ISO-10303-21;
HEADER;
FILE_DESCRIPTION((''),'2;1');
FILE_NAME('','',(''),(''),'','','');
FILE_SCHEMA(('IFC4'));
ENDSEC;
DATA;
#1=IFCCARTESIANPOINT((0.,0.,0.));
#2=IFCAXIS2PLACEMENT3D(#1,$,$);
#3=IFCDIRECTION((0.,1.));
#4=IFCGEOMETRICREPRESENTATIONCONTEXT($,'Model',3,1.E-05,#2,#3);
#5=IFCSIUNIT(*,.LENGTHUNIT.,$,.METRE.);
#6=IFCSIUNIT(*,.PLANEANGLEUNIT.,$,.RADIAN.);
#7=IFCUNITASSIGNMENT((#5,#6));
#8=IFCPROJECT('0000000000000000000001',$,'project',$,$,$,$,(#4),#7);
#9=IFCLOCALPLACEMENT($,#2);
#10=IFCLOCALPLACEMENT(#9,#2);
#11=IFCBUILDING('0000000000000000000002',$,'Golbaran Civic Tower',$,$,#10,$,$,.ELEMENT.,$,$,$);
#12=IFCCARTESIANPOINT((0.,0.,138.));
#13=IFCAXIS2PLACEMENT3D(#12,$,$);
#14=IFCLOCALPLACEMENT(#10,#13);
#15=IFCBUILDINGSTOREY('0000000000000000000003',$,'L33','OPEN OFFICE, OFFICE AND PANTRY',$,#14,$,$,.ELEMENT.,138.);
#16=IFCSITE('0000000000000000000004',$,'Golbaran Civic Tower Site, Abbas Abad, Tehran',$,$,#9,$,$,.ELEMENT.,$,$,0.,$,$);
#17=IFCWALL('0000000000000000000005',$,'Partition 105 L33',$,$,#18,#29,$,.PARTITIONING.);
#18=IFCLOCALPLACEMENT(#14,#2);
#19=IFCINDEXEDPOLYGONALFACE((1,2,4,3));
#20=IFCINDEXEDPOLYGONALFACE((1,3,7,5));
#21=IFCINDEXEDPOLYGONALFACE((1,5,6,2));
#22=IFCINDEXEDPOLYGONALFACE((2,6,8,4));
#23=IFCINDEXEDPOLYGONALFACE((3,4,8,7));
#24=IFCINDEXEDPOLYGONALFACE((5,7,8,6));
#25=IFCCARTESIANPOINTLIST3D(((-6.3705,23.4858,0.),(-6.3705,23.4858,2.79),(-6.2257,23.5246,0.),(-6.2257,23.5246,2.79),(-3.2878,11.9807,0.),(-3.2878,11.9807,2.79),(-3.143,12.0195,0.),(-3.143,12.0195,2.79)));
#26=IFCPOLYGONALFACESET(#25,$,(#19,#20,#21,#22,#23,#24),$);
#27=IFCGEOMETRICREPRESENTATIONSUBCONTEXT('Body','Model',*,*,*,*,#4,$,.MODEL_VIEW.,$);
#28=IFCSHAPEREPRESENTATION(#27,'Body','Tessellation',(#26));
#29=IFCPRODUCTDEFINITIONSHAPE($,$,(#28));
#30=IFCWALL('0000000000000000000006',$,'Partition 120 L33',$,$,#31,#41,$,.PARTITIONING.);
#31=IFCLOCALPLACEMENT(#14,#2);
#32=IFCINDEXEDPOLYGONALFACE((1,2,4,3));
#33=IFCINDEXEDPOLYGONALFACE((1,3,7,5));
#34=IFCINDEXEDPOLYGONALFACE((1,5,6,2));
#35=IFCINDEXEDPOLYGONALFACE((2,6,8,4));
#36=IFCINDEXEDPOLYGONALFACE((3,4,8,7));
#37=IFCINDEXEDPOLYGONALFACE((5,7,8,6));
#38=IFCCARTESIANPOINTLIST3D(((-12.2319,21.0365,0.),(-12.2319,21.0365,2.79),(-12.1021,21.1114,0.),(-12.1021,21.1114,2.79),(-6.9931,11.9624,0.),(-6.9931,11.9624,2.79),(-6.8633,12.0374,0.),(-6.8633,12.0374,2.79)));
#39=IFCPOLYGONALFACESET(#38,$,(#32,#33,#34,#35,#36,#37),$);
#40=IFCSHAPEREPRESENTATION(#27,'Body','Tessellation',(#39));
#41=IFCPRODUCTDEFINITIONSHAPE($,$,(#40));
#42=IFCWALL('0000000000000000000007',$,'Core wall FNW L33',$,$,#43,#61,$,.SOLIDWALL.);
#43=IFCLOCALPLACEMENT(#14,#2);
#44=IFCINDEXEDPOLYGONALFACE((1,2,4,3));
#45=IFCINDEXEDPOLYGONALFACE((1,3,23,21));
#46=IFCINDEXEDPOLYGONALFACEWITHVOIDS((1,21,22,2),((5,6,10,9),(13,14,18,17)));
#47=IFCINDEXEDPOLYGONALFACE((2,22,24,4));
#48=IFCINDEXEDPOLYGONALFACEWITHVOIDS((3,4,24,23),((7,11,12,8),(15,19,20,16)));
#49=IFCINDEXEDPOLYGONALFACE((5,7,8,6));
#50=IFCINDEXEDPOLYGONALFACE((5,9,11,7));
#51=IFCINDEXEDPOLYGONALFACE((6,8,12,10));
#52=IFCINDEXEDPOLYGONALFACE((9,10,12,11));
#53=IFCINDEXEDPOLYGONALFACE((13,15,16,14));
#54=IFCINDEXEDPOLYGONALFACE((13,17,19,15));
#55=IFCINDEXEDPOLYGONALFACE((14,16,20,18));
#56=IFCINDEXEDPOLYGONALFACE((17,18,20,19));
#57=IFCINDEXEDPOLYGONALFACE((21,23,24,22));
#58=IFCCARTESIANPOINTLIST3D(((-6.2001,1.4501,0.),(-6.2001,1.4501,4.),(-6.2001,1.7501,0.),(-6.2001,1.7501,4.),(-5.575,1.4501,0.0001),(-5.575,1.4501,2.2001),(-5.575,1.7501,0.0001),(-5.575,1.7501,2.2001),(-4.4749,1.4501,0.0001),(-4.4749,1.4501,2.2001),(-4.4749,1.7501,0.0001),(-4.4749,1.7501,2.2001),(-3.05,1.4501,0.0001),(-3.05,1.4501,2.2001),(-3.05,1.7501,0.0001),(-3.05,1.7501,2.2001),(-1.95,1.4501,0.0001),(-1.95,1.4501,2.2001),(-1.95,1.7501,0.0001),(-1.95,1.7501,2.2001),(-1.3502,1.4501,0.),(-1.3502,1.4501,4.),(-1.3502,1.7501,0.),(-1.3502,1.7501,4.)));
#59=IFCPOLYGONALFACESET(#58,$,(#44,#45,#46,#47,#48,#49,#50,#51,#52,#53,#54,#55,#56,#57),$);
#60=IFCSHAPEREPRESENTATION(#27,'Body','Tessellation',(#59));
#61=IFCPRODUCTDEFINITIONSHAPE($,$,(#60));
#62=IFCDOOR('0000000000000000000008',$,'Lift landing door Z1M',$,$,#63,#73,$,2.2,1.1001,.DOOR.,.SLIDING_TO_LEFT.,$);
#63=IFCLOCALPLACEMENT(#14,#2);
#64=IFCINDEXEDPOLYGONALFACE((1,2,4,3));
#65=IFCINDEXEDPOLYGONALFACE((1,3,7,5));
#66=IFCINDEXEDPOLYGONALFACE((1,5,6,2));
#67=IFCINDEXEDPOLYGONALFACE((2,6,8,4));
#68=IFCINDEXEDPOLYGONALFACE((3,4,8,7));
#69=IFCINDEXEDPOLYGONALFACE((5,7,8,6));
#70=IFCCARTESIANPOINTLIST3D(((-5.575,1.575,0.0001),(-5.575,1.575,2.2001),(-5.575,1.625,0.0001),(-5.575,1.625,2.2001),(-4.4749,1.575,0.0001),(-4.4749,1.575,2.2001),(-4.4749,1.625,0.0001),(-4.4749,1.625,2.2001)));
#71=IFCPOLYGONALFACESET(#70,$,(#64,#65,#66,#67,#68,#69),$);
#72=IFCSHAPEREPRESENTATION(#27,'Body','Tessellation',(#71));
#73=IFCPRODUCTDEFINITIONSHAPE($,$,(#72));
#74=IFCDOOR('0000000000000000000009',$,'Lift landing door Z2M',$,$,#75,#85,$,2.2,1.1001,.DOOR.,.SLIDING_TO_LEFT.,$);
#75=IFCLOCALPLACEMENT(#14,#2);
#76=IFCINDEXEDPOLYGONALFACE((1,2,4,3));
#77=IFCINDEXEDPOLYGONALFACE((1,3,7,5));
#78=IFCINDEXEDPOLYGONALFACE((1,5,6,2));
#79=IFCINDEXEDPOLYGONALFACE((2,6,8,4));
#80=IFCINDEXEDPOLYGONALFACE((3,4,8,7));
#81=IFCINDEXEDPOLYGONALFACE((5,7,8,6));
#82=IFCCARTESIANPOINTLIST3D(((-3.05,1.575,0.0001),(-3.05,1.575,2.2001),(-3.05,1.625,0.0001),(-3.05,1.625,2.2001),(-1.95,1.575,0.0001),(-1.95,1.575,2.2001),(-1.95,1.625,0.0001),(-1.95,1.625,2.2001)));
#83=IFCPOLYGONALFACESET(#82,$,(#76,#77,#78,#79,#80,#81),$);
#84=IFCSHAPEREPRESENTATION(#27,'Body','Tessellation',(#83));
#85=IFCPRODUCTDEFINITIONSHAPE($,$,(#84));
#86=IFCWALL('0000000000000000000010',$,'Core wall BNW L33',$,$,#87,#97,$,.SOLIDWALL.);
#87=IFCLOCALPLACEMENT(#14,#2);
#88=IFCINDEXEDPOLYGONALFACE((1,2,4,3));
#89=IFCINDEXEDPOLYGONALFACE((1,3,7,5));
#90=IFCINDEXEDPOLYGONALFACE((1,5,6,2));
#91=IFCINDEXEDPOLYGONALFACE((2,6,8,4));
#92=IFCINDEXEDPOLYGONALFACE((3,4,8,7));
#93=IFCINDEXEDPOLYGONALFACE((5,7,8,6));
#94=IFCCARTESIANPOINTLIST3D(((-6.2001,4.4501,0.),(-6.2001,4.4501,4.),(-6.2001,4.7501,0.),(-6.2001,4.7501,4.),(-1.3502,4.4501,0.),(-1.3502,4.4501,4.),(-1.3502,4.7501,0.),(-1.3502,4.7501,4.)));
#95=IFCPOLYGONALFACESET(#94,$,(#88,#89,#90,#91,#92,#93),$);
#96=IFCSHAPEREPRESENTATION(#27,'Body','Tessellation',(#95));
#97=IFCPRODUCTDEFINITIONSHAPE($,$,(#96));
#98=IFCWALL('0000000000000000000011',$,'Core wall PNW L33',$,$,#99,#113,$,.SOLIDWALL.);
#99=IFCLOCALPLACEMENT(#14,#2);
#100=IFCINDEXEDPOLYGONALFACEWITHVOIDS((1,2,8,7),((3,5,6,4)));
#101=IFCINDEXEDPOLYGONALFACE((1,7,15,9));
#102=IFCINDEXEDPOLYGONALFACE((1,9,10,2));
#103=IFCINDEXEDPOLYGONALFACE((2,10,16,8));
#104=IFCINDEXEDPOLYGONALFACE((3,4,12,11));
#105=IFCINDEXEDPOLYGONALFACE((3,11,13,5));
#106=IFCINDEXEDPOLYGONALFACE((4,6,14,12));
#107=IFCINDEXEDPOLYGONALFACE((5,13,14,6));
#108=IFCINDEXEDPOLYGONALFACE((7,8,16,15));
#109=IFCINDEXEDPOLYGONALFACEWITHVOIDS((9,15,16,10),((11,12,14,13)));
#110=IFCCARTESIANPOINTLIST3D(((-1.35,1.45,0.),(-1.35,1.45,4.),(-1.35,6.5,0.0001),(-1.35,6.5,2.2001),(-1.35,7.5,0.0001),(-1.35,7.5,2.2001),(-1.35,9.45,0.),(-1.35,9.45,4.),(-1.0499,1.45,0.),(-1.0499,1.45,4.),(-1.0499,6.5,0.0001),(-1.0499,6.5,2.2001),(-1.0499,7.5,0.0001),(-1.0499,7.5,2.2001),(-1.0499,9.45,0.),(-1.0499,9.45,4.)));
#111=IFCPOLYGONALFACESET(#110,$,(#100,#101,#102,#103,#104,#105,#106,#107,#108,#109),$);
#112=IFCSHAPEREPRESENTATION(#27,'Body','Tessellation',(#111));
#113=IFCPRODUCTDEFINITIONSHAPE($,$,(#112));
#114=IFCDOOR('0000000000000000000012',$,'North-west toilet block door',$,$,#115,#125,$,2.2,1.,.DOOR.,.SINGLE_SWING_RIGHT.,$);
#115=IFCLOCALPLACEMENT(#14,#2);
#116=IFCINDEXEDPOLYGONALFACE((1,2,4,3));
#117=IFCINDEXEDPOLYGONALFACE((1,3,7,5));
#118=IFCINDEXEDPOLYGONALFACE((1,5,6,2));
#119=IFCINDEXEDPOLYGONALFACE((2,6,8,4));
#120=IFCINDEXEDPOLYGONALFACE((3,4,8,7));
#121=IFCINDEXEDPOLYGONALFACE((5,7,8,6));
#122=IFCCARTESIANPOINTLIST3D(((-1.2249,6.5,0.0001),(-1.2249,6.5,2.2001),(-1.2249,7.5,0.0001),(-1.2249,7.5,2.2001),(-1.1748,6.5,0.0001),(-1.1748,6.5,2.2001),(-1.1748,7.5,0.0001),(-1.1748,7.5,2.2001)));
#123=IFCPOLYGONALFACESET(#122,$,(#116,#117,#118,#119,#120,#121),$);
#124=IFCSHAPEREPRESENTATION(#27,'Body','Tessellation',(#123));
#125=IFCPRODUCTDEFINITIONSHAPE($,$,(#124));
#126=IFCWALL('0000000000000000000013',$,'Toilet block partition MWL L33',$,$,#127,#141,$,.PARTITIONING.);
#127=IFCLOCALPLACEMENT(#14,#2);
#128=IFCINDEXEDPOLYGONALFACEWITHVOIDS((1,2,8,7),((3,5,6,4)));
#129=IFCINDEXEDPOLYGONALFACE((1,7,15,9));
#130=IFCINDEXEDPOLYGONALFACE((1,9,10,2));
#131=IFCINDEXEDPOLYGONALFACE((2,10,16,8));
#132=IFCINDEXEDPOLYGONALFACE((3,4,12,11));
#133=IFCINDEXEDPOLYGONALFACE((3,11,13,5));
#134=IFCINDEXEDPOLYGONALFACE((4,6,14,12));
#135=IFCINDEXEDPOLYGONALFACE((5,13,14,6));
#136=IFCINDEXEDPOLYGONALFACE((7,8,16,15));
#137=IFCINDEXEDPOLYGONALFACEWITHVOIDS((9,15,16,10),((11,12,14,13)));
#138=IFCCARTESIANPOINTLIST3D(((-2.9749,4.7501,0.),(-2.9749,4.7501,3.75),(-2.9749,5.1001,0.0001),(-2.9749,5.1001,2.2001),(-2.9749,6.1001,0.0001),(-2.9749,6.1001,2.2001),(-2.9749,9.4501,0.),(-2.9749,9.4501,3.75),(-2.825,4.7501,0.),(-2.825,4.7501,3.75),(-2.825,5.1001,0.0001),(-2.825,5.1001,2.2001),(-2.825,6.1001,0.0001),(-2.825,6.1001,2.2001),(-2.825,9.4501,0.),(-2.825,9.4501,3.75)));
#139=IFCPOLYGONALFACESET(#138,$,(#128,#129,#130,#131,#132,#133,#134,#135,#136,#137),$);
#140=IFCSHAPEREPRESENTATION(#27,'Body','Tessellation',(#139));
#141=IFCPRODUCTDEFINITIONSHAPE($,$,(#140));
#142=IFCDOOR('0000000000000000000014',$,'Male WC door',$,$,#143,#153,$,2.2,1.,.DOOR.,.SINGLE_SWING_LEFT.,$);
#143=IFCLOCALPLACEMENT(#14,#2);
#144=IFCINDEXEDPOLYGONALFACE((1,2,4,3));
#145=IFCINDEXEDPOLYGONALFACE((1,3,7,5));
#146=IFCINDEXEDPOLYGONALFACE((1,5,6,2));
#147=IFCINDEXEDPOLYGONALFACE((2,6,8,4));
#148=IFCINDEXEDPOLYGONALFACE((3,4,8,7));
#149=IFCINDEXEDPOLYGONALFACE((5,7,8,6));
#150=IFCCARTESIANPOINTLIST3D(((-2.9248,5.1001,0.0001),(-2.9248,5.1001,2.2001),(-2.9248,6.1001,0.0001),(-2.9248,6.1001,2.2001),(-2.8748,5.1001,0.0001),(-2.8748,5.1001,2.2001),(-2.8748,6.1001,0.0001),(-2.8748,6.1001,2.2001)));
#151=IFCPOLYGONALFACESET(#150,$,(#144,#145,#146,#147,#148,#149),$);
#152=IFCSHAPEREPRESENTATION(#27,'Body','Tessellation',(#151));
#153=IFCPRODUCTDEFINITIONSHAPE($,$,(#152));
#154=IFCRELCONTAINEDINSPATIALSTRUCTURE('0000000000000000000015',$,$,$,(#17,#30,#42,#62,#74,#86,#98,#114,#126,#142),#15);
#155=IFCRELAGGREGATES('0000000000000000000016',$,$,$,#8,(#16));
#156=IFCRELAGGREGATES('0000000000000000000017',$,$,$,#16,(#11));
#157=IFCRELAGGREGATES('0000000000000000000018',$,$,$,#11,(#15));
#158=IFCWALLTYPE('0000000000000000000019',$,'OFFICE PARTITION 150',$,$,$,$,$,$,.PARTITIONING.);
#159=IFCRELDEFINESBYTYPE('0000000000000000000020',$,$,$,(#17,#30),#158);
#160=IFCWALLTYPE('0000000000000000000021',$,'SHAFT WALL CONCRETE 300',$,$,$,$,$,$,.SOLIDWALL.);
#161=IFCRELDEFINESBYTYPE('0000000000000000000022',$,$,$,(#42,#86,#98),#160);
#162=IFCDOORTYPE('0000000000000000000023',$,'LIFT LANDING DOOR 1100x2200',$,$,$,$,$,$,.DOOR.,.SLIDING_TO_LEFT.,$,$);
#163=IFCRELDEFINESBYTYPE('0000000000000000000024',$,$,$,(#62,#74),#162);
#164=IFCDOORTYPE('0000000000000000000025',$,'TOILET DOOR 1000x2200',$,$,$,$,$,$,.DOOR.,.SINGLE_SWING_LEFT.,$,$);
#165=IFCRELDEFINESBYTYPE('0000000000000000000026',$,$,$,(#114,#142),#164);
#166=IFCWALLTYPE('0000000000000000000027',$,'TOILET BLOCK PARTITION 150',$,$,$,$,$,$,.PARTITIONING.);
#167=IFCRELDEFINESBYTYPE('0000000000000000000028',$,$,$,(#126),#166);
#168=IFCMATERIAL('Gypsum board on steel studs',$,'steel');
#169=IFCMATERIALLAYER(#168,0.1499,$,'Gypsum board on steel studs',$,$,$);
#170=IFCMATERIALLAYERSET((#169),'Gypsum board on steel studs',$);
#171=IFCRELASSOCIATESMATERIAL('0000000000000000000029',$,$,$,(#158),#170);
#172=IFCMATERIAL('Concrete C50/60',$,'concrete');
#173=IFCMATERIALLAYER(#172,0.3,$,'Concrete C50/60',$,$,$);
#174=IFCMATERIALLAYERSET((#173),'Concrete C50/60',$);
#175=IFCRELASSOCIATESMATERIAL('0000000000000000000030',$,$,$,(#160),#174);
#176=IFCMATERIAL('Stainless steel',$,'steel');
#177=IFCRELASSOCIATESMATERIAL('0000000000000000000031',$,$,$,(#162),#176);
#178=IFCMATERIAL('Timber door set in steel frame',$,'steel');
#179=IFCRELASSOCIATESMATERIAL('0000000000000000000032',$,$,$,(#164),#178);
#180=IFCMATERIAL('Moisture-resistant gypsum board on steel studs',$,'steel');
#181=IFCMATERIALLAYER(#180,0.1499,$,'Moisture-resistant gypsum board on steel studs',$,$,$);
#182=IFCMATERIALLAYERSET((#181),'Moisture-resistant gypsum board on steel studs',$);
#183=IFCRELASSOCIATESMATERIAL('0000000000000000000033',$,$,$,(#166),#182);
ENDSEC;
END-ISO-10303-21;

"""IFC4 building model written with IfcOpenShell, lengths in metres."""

from ifc_helpers import new_model, si_unit, direction, frame, frame_2d, origin, place, context, subcontext, project, spatial, rectangle, extrude, material, layer, layer_set, type_object, element, fill, save


model = new_model("IFC4")

# Units and contexts
model_context = context("Model", 3, precision=1e-05, world=origin(), true_north=direction((0.0, 1.0)))
body_context = subcontext(model_context, "Body", "Model", "MODEL_VIEW")
ifc_project = project(units=[si_unit("LENGTHUNIT", "METRE"), si_unit("PLANEANGLEUNIT", "RADIAN")], contexts=[model_context])

# Site, building, storey
site_placement = place(None, origin())
site = spatial("IfcSite", under=ifc_project, at=site_placement, Name="Golbaran Civic Tower Site, Abbas Abad, Tehran", CompositionType="ELEMENT", RefElevation=0.0)
building_placement = place(site_placement, origin())
building = spatial("IfcBuilding", under=site, at=building_placement, Name="Golbaran Civic Tower", CompositionType="ELEMENT")
storey_placement = place(building_placement, frame((0.0, 0.0, 138.0)))
storey = spatial("IfcBuildingStorey", under=building, at=storey_placement, Name="L33", Description="OPEN OFFICE, OFFICE AND PANTRY", CompositionType="ELEMENT", Elevation=138.0)

# Shared definitions
ifc_material_1 = material(Name="Timber door set in steel frame", Category="steel")

# Walls
ifc_material_2 = material(Name="Gypsum board on steel studs", Category="steel")
ifc_layer_1 = layer(ifc_material_2, 0.1499, Name="Gypsum board on steel studs")
ifc_layer_set_1 = layer_set([ifc_layer_1], Name="Gypsum board on steel studs")
wall_type_1 = type_object("IfcWallType", Name="OFFICE PARTITION 150", PredefinedType="PARTITIONING", material=ifc_layer_set_1)
wall_1_placement = place(storey_placement, frame((-3.2153, 12.0, 0.0), z_axis=(0.0, 0.0, 1.0), x_axis=(-0.258817, 0.965926, 0.0)))
element("IfcWall", 1, at=wall_1_placement, inside=storey, type_object=wall_type_1, Name="Partition 105 L33", PredefinedType="PARTITIONING", context=body_context, shape_type="SweptSolid", body=[
    extrude(rectangle(XDim=11.9109, YDim=0.1499, at=frame_2d((5.9556, 0.0))), origin(), (0.0, 0.0, 1.0), 2.79),
])
wall_2_placement = place(storey_placement, frame((-6.9282, 12.0, 0.0), z_axis=(0.0, 0.0, 1.0), x_axis=(-0.499993, 0.866029, 0.0)))
element("IfcWall", 2, at=wall_2_placement, inside=storey, type_object=wall_type_1, Name="Partition 120 L33", PredefinedType="PARTITIONING", context=body_context, shape_type="SweptSolid", body=[
    extrude(rectangle(XDim=10.4778, YDim=0.1499, at=frame_2d((5.2388, 0.0))), origin(), (0.0, 0.0, 1.0), 2.79),
])

# Wall, openings, doors
ifc_material_3 = material(Name="Concrete C50/60", Category="concrete")
ifc_layer_2 = layer(ifc_material_3, 0.3, Name="Concrete C50/60")
ifc_layer_set_2 = layer_set([ifc_layer_2], Name="Concrete C50/60")
wall_type_2 = type_object("IfcWallType", Name="SHAFT WALL CONCRETE 300", PredefinedType="SOLIDWALL", material=ifc_layer_set_2)
wall_3_placement = place(storey_placement, frame((-6.2, 1.6001, 0.0), z_axis=(0.0, 0.0, 1.0), x_axis=(1.0, 0.0, 0.0)))
wall_3 = element("IfcWall", 3, at=wall_3_placement, inside=storey, type_object=wall_type_2, Name="Core wall FNW L33", PredefinedType="SOLIDWALL", context=body_context, shape_type="SweptSolid", body=[
    extrude(rectangle(XDim=4.8499, YDim=0.3, at=frame_2d((2.4248, 0.0))), origin(), (0.0, 0.0, 1.0), 4.0),
])
opening_1_placement = place(wall_3_placement, frame((0.625, 0.0, 0.0)))
opening_1 = element("IfcOpeningElement", 4, at=opening_1_placement, cuts=wall_3, PredefinedType="OPENING", context=body_context, shape_type="SweptSolid", body=[
    extrude(rectangle(XDim=1.1001, YDim=2.2, at=frame_2d((0.55, 1.1001))), frame((0.0, 0.1599, 0.0), z_axis=(0.0, -1.0, 0.0), x_axis=(1.0, 0.0, 0.0)), (0.0, 0.0, 1.0), 0.3201),
])
opening_2_placement = place(wall_3_placement, frame((3.1499, 0.0, 0.0)))
opening_2 = element("IfcOpeningElement", 5, at=opening_2_placement, cuts=wall_3, PredefinedType="OPENING", context=body_context, shape_type="SweptSolid", body=[
    extrude(rectangle(XDim=1.1001, YDim=2.2, at=frame_2d((0.55, 1.1001))), frame((0.0, 0.1599, 0.0), z_axis=(0.0, -1.0, 0.0), x_axis=(1.0, 0.0, 0.0)), (0.0, 0.0, 1.0), 0.3201),
])
ifc_material_4 = material(Name="Stainless steel", Category="steel")
door_type_1 = type_object("IfcDoorType", Name="LIFT LANDING DOOR 1100x2200", OperationType="SLIDING_TO_LEFT", PredefinedType="DOOR", material=ifc_material_4)
door_1_placement = place(opening_1_placement, origin())
door_1 = element("IfcDoor", 6, at=door_1_placement, inside=storey, type_object=door_type_1, Name="Lift landing door Z1M", OperationType="SLIDING_TO_LEFT", OverallHeight=2.2, OverallWidth=1.1001, PredefinedType="DOOR", context=body_context, shape_type="SweptSolid", body=[
    extrude(rectangle(XDim=1.1001, YDim=2.2, at=frame_2d((0.55, 1.1001))), frame((0.0, 0.0249, 0.0), z_axis=(0.0, -1.0, 0.0), x_axis=(1.0, 0.0, 0.0)), (0.0, 0.0, 1.0), 0.05),
])
fill(opening_1, door_1)
door_2_placement = place(opening_2_placement, origin())
door_2 = element("IfcDoor", 7, at=door_2_placement, inside=storey, type_object=door_type_1, Name="Lift landing door Z2M", OperationType="SLIDING_TO_LEFT", OverallHeight=2.2, OverallWidth=1.1001, PredefinedType="DOOR", context=body_context, shape_type="SweptSolid", body=[
    extrude(rectangle(XDim=1.1001, YDim=2.2, at=frame_2d((0.55, 1.1001))), frame((0.0, 0.0249, 0.0), z_axis=(0.0, -1.0, 0.0), x_axis=(1.0, 0.0, 0.0)), (0.0, 0.0, 1.0), 0.05),
])
fill(opening_2, door_2)

# Wall
wall_4_placement = place(storey_placement, frame((-6.2, 4.6001, 0.0), z_axis=(0.0, 0.0, 1.0), x_axis=(1.0, 0.0, 0.0)))
element("IfcWall", 8, at=wall_4_placement, inside=storey, type_object=wall_type_2, Name="Core wall BNW L33", PredefinedType="SOLIDWALL", context=body_context, shape_type="SweptSolid", body=[
    extrude(rectangle(XDim=4.8499, YDim=0.3, at=frame_2d((2.4248, 0.0))), origin(), (0.0, 0.0, 1.0), 4.0),
])

# Walls, openings, doors
wall_5_placement = place(storey_placement, frame((-1.2, 1.45, 0.0), z_axis=(0.0, 0.0, 1.0), x_axis=(0.0, 1.0, 0.0)))
wall_5 = element("IfcWall", 9, at=wall_5_placement, inside=storey, type_object=wall_type_2, Name="Core wall PNW L33", PredefinedType="SOLIDWALL", context=body_context, shape_type="SweptSolid", body=[
    extrude(rectangle(XDim=8.0, YDim=0.3, at=frame_2d((4.0, 0.0))), origin(), (0.0, 0.0, 1.0), 4.0),
])
opening_3_placement = place(wall_5_placement, frame((5.05, 0.0, 0.0)))
opening_3 = element("IfcOpeningElement", 10, at=opening_3_placement, cuts=wall_5, PredefinedType="OPENING", context=body_context, shape_type="SweptSolid", body=[
    extrude(rectangle(XDim=1.0, YDim=2.2, at=frame_2d((0.5, 1.1001))), frame((0.0, 0.1599, 0.0), z_axis=(0.0, -1.0, 0.0), x_axis=(1.0, 0.0, 0.0)), (0.0, 0.0, 1.0), 0.3201),
])
door_type_2 = type_object("IfcDoorType", Name="TOILET DOOR 1000x2200", OperationType="SINGLE_SWING_LEFT", PredefinedType="DOOR", material=ifc_material_1)
door_3_placement = place(opening_3_placement, origin())
door_3 = element("IfcDoor", 11, at=door_3_placement, inside=storey, type_object=door_type_2, Name="North-west toilet block door", OperationType="SINGLE_SWING_RIGHT", OverallHeight=2.2, OverallWidth=1.0, PredefinedType="DOOR", context=body_context, shape_type="SweptSolid", body=[
    extrude(rectangle(XDim=1.0, YDim=2.2, at=frame_2d((0.5, 1.1001))), frame((0.0, 0.0249, 0.0), z_axis=(0.0, -1.0, 0.0), x_axis=(1.0, 0.0, 0.0)), (0.0, 0.0, 1.0), 0.05),
])
fill(opening_3, door_3)
ifc_material_5 = material(Name="Moisture-resistant gypsum board on steel studs", Category="steel")
ifc_layer_3 = layer(ifc_material_5, 0.1499, Name="Moisture-resistant gypsum board on steel studs")
ifc_layer_set_3 = layer_set([ifc_layer_3], Name="Moisture-resistant gypsum board on steel studs")
wall_type_3 = type_object("IfcWallType", Name="TOILET BLOCK PARTITION 150", PredefinedType="PARTITIONING", material=ifc_layer_set_3)
wall_6_placement = place(storey_placement, frame((-2.8999, 4.75, 0.0), z_axis=(0.0, 0.0, 1.0), x_axis=(0.0, 1.0, 0.0)))
wall_6 = element("IfcWall", 12, at=wall_6_placement, inside=storey, type_object=wall_type_3, Name="Toilet block partition MWL L33", PredefinedType="PARTITIONING", context=body_context, shape_type="SweptSolid", body=[
    extrude(rectangle(XDim=4.7, YDim=0.1499, at=frame_2d((2.3501, 0.0))), origin(), (0.0, 0.0, 1.0), 3.75),
])
opening_4_placement = place(wall_6_placement, frame((0.3501, 0.0, 0.0)))
opening_4 = element("IfcOpeningElement", 13, at=opening_4_placement, cuts=wall_6, PredefinedType="OPENING", context=body_context, shape_type="SweptSolid", body=[
    extrude(rectangle(XDim=1.0, YDim=2.2, at=frame_2d((0.5, 1.1001))), frame((0.0, 0.085, 0.0), z_axis=(0.0, -1.0, 0.0), x_axis=(1.0, 0.0, 0.0)), (0.0, 0.0, 1.0), 0.1699),
])
door_4_placement = place(opening_4_placement, origin())
door_4 = element("IfcDoor", 14, at=door_4_placement, inside=storey, type_object=door_type_2, Name="Male WC door", OperationType="SINGLE_SWING_LEFT", OverallHeight=2.2, OverallWidth=1.0, PredefinedType="DOOR", context=body_context, shape_type="SweptSolid", body=[
    extrude(rectangle(XDim=1.0, YDim=2.2, at=frame_2d((0.5, 1.1001))), frame((0.0, 0.0249, 0.0), z_axis=(0.0, -1.0, 0.0), x_axis=(1.0, 0.0, 0.0)), (0.0, 0.0, 1.0), 0.05),
])
fill(opening_4, door_4)

save(model, "model.ifc")
